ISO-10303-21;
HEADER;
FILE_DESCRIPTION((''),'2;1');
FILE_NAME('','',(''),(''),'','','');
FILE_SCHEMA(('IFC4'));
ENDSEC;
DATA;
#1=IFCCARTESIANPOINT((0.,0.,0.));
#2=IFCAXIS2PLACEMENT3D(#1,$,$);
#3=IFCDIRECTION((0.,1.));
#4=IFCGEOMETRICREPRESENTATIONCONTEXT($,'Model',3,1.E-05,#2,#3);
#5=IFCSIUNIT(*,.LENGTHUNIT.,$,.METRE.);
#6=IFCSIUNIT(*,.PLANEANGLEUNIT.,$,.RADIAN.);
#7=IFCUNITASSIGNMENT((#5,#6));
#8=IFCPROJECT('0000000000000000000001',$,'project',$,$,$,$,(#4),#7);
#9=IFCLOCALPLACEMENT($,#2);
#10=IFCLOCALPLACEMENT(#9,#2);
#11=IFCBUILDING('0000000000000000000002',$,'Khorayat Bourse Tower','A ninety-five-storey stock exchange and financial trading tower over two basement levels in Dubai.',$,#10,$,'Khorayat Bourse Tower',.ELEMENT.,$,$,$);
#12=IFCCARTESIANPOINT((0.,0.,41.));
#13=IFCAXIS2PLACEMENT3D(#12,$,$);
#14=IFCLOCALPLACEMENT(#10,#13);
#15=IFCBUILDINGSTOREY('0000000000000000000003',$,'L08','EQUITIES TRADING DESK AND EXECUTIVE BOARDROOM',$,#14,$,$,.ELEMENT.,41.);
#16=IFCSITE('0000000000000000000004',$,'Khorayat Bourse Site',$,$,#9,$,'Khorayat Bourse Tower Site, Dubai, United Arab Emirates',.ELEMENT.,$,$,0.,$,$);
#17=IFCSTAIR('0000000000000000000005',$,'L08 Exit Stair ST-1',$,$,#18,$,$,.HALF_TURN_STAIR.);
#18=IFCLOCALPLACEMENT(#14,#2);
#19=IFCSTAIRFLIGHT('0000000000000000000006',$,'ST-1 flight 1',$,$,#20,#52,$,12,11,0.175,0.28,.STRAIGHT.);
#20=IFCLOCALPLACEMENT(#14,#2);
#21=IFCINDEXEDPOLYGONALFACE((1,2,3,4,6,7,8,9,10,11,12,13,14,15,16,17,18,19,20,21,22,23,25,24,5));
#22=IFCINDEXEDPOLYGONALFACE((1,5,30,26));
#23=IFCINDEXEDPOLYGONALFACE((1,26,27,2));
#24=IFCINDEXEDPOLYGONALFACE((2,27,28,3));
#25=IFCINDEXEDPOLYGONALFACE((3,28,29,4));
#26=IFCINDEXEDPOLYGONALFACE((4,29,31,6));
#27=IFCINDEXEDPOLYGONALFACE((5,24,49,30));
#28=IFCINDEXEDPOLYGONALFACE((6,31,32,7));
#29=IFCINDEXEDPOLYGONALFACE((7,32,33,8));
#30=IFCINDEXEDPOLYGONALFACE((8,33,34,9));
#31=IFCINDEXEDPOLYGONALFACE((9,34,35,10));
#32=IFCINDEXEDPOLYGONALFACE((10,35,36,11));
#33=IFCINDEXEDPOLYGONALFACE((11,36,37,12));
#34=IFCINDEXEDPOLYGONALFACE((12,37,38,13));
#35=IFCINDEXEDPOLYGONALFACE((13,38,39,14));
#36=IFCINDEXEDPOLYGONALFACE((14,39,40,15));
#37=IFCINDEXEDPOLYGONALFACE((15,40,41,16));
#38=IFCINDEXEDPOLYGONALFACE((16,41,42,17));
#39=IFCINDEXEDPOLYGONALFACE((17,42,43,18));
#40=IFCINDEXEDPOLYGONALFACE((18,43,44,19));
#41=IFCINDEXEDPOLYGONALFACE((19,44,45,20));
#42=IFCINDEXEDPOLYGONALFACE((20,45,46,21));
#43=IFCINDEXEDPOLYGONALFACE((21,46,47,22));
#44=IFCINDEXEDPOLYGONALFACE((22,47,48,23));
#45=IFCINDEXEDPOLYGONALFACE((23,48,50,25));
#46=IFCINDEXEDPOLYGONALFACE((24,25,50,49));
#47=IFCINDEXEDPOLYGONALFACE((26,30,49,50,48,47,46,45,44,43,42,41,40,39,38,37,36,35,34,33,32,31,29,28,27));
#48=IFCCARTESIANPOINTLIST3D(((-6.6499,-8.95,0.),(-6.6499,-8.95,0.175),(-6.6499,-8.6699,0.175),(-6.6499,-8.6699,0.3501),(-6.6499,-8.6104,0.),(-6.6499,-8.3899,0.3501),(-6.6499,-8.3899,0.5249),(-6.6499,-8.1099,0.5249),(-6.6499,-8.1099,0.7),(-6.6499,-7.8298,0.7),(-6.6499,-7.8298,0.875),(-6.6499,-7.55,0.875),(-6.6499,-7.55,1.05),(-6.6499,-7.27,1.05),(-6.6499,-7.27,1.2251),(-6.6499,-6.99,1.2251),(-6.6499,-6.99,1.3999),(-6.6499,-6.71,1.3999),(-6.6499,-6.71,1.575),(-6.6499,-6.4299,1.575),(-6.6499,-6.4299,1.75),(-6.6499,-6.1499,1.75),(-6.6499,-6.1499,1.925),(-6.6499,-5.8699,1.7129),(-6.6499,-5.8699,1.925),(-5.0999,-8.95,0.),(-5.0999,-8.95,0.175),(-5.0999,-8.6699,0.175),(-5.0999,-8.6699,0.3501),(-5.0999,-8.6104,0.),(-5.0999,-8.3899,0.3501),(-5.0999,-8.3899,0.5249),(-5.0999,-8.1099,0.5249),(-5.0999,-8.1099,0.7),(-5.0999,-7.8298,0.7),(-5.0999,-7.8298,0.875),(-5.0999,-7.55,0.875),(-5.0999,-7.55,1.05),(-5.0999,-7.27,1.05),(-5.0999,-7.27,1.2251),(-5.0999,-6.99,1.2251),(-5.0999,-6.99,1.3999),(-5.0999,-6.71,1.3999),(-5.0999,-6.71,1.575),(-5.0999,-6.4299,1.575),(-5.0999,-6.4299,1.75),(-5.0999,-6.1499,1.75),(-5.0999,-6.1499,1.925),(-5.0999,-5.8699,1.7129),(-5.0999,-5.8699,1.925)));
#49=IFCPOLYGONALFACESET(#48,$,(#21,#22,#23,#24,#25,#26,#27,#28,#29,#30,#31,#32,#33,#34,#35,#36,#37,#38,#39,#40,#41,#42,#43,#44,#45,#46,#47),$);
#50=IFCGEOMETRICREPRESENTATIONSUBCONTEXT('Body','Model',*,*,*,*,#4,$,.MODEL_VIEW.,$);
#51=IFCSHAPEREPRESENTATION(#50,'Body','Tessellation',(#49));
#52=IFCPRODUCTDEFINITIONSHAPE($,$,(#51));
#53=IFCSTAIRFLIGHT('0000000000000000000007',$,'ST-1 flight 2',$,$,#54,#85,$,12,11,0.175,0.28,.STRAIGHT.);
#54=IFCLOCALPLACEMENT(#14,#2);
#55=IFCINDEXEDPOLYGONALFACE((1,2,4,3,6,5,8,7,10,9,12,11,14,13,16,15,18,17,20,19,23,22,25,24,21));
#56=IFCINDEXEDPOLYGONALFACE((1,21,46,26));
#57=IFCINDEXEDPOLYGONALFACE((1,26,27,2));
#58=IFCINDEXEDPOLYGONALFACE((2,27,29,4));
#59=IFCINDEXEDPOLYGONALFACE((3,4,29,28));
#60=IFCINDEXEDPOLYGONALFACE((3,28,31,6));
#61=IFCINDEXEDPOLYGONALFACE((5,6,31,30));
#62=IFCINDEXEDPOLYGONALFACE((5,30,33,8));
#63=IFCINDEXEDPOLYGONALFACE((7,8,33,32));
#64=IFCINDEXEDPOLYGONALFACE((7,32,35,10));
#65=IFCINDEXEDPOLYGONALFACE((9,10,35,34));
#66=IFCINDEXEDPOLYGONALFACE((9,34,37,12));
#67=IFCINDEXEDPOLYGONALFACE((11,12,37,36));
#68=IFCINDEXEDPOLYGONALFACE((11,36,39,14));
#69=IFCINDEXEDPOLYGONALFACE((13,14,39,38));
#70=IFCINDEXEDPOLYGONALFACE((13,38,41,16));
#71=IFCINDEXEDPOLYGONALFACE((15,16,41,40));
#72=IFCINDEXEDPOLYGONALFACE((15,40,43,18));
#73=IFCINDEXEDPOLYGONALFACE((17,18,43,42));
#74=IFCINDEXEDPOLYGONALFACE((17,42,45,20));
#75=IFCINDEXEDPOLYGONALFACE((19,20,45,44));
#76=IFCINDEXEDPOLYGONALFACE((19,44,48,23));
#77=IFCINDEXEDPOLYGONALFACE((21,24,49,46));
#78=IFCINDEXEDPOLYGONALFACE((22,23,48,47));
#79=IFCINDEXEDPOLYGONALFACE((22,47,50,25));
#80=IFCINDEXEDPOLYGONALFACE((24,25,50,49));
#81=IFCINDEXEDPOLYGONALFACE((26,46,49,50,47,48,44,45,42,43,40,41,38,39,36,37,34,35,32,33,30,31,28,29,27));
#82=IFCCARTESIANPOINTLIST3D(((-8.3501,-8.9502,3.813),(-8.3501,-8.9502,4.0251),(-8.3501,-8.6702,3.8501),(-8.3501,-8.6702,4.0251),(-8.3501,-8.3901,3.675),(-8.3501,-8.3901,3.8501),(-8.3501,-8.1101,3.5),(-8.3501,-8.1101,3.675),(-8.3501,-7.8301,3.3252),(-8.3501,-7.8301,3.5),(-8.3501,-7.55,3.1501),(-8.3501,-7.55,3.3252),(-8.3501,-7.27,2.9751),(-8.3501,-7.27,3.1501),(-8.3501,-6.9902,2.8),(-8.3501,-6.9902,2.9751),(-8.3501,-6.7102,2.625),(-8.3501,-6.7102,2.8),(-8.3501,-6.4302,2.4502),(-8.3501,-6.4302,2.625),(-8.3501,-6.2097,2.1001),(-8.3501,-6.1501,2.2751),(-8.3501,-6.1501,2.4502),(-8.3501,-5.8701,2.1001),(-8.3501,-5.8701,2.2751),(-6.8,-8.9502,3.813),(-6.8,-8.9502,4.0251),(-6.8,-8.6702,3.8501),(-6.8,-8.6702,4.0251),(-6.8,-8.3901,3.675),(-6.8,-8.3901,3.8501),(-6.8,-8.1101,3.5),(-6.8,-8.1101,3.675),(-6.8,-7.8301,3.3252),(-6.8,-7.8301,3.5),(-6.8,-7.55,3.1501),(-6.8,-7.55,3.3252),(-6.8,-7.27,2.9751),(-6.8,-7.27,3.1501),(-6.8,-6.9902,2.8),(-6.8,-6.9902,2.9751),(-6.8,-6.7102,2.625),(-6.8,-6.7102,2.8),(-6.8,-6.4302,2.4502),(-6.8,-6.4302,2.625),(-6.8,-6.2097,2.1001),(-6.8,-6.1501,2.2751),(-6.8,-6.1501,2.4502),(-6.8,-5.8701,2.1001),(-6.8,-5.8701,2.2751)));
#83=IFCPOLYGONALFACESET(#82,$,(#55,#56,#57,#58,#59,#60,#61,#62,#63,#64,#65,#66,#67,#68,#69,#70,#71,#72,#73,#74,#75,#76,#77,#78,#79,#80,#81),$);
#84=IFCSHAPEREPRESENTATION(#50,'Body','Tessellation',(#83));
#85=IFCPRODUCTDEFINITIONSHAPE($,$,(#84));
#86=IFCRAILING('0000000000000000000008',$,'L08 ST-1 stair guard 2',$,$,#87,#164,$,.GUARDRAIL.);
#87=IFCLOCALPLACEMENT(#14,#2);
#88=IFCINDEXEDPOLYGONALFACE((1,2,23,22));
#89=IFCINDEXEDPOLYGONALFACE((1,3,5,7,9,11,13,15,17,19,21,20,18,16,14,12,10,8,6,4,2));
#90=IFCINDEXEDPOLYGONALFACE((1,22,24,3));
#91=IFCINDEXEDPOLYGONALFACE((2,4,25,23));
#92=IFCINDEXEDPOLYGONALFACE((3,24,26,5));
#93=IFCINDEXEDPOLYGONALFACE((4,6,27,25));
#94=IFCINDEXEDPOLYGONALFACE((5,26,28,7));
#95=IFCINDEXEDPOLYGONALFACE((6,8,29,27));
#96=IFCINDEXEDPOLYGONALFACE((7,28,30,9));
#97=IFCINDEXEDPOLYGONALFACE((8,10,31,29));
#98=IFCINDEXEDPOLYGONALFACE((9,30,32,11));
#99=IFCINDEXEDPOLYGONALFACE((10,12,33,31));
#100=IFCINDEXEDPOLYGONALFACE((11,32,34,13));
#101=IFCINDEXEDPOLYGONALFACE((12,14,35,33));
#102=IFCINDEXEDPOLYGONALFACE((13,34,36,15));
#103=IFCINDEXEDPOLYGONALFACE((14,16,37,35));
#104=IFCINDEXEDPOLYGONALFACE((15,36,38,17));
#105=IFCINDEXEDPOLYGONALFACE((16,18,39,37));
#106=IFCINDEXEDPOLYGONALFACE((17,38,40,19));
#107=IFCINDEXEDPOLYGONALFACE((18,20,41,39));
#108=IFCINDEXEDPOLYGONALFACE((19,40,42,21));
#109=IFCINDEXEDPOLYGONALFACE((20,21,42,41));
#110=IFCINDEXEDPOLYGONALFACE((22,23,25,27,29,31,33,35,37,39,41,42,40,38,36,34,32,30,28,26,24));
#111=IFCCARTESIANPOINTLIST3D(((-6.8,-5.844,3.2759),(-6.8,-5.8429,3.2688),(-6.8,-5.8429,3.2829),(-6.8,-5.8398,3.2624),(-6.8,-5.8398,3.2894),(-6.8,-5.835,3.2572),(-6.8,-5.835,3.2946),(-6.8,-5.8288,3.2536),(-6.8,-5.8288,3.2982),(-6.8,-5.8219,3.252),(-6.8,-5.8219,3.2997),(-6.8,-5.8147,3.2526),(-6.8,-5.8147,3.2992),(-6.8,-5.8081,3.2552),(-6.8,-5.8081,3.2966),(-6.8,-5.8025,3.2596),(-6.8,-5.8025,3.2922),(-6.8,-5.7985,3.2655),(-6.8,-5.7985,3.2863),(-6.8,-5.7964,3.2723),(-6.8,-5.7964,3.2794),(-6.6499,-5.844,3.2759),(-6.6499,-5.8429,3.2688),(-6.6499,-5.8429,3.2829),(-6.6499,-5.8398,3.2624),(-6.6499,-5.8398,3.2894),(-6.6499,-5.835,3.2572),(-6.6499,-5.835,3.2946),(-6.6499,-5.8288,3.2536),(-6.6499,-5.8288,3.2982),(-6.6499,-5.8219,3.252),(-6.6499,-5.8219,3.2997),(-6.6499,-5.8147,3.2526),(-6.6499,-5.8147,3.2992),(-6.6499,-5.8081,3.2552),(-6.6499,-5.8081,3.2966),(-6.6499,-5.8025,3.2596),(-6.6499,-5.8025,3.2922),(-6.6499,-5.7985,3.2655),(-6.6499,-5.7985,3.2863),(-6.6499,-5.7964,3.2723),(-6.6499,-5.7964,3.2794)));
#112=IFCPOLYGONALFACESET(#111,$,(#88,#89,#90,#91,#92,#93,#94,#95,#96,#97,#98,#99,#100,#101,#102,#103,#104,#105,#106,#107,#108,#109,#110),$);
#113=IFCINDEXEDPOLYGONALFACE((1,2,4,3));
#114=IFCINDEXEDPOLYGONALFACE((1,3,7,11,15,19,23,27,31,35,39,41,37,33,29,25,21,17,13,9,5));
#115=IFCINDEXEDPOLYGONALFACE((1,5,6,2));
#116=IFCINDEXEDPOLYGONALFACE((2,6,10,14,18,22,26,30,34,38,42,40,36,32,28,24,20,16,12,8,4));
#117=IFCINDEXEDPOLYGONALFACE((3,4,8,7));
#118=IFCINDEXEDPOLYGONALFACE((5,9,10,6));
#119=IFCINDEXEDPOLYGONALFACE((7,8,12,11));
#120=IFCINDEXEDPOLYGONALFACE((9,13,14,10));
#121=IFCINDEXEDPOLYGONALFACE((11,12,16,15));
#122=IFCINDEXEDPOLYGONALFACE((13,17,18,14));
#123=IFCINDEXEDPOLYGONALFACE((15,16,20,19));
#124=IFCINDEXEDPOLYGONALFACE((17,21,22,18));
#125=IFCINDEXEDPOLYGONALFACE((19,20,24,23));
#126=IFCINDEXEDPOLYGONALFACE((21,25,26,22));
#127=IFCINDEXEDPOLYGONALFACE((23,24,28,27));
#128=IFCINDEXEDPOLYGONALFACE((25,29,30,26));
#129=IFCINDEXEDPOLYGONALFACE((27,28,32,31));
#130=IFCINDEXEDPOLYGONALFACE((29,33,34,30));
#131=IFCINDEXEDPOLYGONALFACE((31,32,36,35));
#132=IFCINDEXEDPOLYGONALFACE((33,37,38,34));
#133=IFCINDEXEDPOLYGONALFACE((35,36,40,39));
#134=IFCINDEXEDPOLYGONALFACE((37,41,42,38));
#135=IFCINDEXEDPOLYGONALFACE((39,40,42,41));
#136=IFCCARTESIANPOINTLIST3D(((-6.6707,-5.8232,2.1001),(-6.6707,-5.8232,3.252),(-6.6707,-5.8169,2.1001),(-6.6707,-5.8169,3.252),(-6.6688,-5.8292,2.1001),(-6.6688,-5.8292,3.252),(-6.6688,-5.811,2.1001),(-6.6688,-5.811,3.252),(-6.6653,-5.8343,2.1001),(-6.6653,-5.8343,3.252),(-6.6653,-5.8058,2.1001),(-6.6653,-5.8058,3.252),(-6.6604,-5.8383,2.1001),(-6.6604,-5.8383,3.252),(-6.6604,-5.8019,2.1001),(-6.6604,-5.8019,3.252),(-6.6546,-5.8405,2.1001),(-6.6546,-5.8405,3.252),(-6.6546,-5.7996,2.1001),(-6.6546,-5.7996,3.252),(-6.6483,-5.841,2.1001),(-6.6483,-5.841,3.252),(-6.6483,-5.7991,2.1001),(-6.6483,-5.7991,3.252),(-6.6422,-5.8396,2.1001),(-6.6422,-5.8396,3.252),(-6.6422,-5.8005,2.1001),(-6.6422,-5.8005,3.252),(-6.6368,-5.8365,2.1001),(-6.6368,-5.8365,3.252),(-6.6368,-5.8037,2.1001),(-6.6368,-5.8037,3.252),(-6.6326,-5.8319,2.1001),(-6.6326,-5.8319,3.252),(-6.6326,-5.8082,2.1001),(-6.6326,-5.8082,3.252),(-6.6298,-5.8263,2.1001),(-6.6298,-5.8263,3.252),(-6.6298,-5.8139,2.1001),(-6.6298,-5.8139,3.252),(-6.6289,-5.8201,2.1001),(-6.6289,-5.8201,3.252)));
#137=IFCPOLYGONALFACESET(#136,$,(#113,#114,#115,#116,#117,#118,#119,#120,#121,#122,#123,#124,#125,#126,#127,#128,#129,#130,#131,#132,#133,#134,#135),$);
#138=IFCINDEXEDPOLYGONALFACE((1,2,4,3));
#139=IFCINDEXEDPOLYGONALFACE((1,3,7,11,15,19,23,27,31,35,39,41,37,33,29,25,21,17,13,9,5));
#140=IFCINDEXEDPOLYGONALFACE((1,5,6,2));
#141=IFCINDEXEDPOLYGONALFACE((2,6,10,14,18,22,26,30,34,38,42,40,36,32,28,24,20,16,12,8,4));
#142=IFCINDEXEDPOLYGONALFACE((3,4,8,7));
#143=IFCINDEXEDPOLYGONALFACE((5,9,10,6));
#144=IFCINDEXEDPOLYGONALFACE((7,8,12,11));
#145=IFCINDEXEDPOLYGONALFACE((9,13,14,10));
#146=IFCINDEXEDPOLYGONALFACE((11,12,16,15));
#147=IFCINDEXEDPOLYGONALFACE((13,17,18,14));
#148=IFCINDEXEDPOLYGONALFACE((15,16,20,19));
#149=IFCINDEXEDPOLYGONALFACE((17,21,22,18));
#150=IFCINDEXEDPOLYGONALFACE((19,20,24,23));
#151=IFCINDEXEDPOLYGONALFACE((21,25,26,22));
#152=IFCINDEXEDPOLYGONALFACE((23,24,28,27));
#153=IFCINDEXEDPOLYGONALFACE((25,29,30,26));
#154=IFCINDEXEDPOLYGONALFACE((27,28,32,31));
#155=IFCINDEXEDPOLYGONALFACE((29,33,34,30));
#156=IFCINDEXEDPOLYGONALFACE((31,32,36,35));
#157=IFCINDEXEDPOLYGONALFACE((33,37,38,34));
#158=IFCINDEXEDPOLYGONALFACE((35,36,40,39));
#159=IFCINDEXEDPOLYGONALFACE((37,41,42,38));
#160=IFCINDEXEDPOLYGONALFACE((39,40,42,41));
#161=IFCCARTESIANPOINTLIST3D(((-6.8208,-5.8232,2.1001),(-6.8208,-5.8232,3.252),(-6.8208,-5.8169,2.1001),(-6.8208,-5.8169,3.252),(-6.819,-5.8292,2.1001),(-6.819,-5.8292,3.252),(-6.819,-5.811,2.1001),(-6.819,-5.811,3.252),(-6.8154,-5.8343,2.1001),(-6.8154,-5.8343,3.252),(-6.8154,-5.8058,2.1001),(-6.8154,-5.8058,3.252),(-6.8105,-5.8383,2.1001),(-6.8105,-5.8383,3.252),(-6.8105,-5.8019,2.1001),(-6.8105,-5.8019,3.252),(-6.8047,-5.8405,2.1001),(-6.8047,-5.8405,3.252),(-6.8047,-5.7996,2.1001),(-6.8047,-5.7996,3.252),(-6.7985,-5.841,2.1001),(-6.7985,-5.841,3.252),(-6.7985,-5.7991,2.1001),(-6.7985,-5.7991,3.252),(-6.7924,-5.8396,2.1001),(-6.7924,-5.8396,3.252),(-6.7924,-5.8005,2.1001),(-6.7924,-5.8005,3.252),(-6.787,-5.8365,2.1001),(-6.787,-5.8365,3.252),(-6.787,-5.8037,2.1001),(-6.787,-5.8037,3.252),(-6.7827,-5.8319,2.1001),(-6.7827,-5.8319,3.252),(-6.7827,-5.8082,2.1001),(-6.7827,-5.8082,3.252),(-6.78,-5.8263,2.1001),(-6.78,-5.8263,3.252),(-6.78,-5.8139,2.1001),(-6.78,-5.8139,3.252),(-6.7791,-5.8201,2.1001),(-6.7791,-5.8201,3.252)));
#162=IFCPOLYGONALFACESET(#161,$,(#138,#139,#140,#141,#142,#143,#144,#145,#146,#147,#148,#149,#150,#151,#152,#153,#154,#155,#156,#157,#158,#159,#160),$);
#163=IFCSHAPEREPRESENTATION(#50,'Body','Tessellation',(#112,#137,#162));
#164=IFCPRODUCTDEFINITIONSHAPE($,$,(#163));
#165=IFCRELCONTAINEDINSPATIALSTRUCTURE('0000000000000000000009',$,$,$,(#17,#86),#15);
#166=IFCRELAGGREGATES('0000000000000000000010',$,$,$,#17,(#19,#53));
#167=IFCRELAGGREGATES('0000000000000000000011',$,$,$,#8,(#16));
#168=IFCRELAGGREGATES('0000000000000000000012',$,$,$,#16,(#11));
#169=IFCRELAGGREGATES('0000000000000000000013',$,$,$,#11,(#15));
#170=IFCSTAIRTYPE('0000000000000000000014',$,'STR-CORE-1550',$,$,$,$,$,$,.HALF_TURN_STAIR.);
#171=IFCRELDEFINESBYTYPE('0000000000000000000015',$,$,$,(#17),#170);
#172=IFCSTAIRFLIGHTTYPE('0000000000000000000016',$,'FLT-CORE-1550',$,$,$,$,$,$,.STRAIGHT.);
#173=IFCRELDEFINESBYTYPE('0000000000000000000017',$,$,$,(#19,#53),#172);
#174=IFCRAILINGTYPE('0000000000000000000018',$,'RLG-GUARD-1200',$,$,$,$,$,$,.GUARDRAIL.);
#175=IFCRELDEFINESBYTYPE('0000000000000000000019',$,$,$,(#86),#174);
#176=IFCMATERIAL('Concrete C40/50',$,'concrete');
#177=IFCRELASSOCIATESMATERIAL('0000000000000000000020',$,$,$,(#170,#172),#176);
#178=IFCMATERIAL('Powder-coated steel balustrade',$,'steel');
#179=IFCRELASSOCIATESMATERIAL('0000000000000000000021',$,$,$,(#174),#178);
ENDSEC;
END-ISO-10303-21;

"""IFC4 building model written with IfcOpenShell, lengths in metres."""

from ifc_helpers import new_model, si_unit, direction, frame, origin, origin_2d, place, context, subcontext, project, spatial, polyline, circle, outline, extrude, source, transform, mapped, material, type_object, element, aggregate, save


model = new_model("IFC4")

# Units and contexts
model_context = context("Model", 3, precision=1e-05, world=origin(), true_north=direction((0.0, 1.0)))
body_context = subcontext(model_context, "Body", "Model", "MODEL_VIEW")
ifc_project = project(units=[si_unit("LENGTHUNIT", "METRE"), si_unit("PLANEANGLEUNIT", "RADIAN")], contexts=[model_context])

# Site, building, storey
site_placement = place(None, origin())
site = spatial("IfcSite", under=ifc_project, at=site_placement, Name="Khorayat Bourse Site", LongName="Khorayat Bourse Tower Site, Dubai, United Arab Emirates", CompositionType="ELEMENT", RefElevation=0.0)
building_placement = place(site_placement, origin())
building = spatial("IfcBuilding", under=site, at=building_placement, Name="Khorayat Bourse Tower", Description="A ninety-five-storey stock exchange and financial trading tower over two basement levels in Dubai.", LongName="Khorayat Bourse Tower", CompositionType="ELEMENT")
storey_placement = place(building_placement, frame((0.0, 0.0, 41.0)))
storey = spatial("IfcBuildingStorey", under=building, at=storey_placement, Name="L08", Description="EQUITIES TRADING DESK AND EXECUTIVE BOARDROOM", CompositionType="ELEMENT", Elevation=41.0)

# Stair, stair flights
ifc_material_1 = material(Name="Concrete C40/50", Category="concrete")
stair_type = type_object("IfcStairType", Name="STR-CORE-1550", PredefinedType="HALF_TURN_STAIR", material=ifc_material_1)
stair_placement = place(storey_placement, origin())
stair = element("IfcStair", 1, at=stair_placement, inside=storey, type_object=stair_type, Name="L08 Exit Stair ST-1", PredefinedType="HALF_TURN_STAIR")
stair_flight_type = type_object("IfcStairFlightType", Name="FLT-CORE-1550", PredefinedType="STRAIGHT", material=ifc_material_1)
shared_shape_1 = source(origin(), body_context, "Body", "SweptSolid", [
    extrude(outline(polyline([(0.0, 0.0), (0.0, 0.175), (0.28, 0.175), (0.28, 0.3501), (0.5601, 0.3501), (0.5601, 0.5249), (0.8401, 0.5249), (0.8401, 0.7), (1.1201, 0.7), (1.1201, 0.875), (1.3999, 0.875), (1.3999, 1.05), (1.6799, 1.05), (1.6799, 1.2251), (1.96, 1.2251), (1.96, 1.3999), (2.24, 1.3999), (2.24, 1.575), (2.52, 1.575), (2.52, 1.75), (2.8, 1.75), (2.8, 1.925), (3.0801, 1.925), (3.0801, 2.1001), (3.0801, 1.7129), (0.3396, 0.0), (0.0, 0.0)])), frame((0.0, 0.7749, 0.0), z_axis=(0.0, -1.0, 0.0), x_axis=(1.0, 0.0, 0.0)), (0.0, 0.0, 1.0), 1.55),
])
stair_flight_1_placement = place(storey_placement, frame((-5.875, -8.95, 0.0), z_axis=(0.0, 0.0, 1.0), x_axis=(0.0, 1.0, 0.0)))
stair_flight_1 = element("IfcStairFlight", 2, at=stair_flight_1_placement, type_object=stair_flight_type, Name="ST-1 flight 1", NumberOfRisers=12, NumberOfTreads=11, PredefinedType="STRAIGHT", RiserHeight=0.175, TreadLength=0.28, context=body_context, shape_type="MappedRepresentation", body=[
    mapped(shared_shape_1, transform((0.0, 0.0, 0.0), scale=1.0)),
])
stair_flight_2_placement = place(storey_placement, frame((-7.575, -5.8701, 2.1001), z_axis=(0.0, 0.0, 1.0), x_axis=(0.0, -1.0, 0.0)))
stair_flight_2 = element("IfcStairFlight", 3, at=stair_flight_2_placement, type_object=stair_flight_type, Name="ST-1 flight 2", NumberOfRisers=12, NumberOfTreads=11, PredefinedType="STRAIGHT", RiserHeight=0.175, TreadLength=0.28, context=body_context, shape_type="MappedRepresentation", body=[
    mapped(shared_shape_1, transform((0.0, 0.0, 0.0), scale=1.0)),
])
aggregate(stair, [stair_flight_1, stair_flight_2])

# Railing
ifc_material_2 = material(Name="Powder-coated steel balustrade", Category="steel")
railing_type_1 = type_object("IfcRailingType", Name="RLG-GUARD-1200", PredefinedType="GUARDRAIL", material=ifc_material_2)
shared_shape_2 = source(origin(), body_context, "Body", "SweptSolid", [
    extrude(circle(Radius=0.0239, at=origin_2d()), frame((0.0, 0.0, 1.1758), z_axis=(-1.0, 0.0, 0.0), x_axis=(0.0, -1.0, 0.0)), (0.0, 0.0, 1.0), 0.1501),
    extrude(circle(Radius=0.021, at=origin_2d()), origin(), (0.0, 0.0, 1.0), 1.1519),
    extrude(circle(Radius=0.021, at=origin_2d()), frame((-0.1501, 0.0, 0.0)), (0.0, 0.0, 1.0), 1.1519),
])
for number, where, name in (
    (4, (-6.6499, -5.8201, 2.1001), "L08 ST-1 stair guard 2"),
):
    element("IfcRailing", number, at=place(storey_placement, frame(where)), inside=storey, type_object=railing_type_1, Name=name, PredefinedType="GUARDRAIL", context=body_context, shape_type="MappedRepresentation", body=[
        mapped(shared_shape_2, transform((0.0, 0.0, 0.0), scale=1.0)),
    ])

save(model, "model.ifc")
